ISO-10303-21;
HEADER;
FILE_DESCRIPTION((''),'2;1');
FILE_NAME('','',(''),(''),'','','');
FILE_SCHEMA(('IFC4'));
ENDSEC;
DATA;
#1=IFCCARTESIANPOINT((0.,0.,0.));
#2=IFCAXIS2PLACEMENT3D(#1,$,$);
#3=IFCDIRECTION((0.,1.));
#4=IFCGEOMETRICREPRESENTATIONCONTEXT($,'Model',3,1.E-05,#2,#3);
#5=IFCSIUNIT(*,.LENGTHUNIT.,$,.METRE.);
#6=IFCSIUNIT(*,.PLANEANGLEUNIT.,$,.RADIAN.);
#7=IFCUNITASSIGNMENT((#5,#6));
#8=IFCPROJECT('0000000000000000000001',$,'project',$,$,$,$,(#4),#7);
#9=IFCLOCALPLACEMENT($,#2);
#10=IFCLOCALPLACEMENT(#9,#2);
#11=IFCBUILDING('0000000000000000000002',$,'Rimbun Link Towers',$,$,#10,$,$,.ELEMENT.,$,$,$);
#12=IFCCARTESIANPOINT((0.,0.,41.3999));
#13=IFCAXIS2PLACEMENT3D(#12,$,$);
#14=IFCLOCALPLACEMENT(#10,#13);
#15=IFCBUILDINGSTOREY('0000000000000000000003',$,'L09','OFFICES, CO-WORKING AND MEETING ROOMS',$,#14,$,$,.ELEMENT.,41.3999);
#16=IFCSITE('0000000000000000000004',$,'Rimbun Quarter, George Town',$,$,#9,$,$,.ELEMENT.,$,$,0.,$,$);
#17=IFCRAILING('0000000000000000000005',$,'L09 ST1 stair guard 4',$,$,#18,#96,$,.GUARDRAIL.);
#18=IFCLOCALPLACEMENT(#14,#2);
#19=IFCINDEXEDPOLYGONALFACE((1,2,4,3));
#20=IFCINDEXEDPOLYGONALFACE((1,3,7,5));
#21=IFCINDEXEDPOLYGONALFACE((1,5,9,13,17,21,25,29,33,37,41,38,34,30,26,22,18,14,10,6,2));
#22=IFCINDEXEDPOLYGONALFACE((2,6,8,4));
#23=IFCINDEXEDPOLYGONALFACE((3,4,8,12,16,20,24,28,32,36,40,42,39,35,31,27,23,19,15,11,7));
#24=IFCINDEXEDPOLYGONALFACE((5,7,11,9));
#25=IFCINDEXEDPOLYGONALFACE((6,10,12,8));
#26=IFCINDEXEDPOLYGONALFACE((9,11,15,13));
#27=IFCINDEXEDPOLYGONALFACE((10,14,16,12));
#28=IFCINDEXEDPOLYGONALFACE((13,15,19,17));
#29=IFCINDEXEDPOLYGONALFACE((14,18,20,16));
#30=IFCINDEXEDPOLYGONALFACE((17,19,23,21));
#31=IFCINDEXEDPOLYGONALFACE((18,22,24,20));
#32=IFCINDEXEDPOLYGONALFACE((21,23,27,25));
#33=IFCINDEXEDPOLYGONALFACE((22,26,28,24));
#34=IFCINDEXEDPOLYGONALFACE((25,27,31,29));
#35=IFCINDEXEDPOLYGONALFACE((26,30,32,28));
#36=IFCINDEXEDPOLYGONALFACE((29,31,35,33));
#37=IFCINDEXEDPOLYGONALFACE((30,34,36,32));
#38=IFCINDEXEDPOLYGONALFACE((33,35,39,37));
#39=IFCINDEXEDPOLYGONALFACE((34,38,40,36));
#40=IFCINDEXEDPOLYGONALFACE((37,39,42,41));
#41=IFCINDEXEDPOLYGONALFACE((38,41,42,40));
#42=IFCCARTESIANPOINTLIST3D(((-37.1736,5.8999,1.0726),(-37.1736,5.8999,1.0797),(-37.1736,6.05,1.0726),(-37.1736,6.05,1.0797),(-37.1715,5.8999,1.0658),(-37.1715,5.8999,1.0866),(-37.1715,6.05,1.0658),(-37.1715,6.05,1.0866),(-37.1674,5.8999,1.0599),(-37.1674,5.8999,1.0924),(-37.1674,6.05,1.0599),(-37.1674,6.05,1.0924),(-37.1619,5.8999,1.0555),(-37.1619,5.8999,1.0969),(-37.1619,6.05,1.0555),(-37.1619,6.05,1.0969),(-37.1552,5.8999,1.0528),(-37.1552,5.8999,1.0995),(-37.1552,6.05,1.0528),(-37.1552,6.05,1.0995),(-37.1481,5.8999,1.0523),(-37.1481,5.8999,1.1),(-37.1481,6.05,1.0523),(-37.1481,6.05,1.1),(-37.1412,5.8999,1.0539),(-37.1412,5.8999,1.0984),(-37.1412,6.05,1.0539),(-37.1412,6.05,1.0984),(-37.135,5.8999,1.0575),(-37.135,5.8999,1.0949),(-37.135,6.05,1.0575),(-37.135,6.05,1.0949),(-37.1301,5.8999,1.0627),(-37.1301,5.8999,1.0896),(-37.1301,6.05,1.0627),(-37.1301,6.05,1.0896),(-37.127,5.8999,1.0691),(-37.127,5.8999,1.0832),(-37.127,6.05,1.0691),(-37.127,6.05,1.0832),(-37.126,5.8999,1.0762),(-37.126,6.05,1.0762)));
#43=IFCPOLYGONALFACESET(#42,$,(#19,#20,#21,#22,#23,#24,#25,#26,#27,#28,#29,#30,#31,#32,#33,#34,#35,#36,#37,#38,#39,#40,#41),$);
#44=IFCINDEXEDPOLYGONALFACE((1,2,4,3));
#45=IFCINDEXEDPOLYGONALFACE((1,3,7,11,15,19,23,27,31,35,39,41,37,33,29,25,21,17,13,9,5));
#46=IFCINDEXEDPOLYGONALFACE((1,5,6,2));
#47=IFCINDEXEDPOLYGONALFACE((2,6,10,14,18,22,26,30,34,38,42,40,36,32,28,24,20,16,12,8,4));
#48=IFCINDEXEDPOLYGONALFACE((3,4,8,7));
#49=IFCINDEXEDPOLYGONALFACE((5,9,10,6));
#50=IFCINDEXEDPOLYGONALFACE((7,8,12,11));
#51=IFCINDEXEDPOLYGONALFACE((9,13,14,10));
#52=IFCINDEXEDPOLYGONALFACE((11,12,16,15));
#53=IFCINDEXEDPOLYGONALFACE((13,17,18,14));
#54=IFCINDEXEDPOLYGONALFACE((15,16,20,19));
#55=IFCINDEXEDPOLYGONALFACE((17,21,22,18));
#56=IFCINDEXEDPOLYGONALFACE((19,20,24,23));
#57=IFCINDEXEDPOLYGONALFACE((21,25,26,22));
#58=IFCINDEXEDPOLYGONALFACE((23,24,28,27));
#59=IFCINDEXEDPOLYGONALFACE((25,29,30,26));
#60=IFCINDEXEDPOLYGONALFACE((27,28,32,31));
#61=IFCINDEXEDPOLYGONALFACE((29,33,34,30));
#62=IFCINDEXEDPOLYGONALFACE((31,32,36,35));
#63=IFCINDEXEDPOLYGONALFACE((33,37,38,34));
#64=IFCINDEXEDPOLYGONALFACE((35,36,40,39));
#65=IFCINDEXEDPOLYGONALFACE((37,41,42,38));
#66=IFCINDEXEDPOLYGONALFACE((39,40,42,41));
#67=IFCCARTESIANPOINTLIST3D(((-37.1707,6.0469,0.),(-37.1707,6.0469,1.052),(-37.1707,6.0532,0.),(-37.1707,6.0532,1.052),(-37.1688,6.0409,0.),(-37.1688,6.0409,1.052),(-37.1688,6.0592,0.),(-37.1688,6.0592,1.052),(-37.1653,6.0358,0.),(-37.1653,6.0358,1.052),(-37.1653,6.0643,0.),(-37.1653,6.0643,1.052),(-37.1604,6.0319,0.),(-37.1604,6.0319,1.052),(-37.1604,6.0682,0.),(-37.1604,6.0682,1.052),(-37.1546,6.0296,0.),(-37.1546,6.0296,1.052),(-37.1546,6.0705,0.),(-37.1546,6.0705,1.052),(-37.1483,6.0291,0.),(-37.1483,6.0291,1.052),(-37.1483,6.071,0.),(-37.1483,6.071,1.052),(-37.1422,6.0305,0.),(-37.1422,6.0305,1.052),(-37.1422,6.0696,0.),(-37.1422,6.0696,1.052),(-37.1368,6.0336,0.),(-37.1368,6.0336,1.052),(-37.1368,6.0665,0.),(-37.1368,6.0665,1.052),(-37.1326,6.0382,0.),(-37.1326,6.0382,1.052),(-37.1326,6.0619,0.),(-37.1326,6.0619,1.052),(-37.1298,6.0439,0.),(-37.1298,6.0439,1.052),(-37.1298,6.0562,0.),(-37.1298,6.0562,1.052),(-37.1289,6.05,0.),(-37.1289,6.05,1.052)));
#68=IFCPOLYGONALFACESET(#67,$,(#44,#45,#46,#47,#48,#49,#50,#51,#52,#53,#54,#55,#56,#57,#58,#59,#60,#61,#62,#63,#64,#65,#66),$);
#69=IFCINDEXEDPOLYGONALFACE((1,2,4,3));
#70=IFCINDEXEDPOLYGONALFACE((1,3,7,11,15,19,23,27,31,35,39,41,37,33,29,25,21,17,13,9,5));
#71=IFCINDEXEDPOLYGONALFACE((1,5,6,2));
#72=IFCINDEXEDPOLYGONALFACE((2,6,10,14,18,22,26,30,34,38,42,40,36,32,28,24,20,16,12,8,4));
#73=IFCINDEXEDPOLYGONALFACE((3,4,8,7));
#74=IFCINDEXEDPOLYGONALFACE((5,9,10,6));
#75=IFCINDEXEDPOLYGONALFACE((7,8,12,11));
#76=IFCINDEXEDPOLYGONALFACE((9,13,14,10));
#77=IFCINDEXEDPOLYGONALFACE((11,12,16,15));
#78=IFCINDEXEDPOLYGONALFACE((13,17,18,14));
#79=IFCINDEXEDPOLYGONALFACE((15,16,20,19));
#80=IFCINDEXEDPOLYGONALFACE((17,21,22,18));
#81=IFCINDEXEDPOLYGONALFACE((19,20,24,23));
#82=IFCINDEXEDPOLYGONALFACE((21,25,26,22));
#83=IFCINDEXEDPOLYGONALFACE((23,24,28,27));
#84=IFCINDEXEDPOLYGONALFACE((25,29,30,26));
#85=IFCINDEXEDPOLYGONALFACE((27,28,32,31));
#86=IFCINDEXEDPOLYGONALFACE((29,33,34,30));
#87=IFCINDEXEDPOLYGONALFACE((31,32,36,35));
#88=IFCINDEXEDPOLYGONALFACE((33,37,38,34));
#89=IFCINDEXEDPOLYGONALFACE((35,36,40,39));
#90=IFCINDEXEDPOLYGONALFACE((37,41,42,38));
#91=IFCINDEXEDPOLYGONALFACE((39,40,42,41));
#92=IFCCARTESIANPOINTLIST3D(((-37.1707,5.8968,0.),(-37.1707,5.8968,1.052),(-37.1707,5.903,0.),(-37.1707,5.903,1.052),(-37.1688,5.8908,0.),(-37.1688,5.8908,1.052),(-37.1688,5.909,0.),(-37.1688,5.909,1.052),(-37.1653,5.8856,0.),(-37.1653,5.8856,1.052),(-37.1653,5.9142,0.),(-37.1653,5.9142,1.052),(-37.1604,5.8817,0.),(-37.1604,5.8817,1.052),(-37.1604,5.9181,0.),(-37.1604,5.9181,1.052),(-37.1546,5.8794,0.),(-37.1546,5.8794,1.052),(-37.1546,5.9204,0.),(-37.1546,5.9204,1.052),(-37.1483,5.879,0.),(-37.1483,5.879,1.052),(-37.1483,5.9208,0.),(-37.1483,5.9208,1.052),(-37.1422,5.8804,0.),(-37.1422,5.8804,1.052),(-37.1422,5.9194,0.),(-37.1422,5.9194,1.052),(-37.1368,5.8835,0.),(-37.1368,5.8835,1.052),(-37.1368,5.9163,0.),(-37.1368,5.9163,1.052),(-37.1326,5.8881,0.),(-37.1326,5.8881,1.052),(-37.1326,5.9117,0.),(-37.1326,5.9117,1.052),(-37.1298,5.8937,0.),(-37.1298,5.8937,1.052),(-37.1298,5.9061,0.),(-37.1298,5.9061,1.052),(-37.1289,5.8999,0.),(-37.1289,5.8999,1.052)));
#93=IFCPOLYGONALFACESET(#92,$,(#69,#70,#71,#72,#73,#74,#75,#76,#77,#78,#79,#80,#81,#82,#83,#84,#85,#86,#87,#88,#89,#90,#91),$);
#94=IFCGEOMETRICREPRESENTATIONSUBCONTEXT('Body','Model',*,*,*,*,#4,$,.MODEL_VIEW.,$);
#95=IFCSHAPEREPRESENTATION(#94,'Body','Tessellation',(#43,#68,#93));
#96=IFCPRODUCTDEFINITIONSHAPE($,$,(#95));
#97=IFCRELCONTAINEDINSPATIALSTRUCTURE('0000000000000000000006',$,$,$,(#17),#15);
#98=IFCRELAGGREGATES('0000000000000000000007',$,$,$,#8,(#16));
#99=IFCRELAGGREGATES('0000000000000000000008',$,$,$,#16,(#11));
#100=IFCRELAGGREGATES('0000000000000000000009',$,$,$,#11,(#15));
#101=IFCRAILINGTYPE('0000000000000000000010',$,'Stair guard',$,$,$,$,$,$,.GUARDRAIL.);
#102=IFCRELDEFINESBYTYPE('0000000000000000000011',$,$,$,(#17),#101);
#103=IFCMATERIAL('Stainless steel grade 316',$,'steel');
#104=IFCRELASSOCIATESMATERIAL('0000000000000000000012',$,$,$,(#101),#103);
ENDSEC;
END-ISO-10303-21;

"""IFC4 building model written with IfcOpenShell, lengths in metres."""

from ifc_helpers import new_model, si_unit, direction, frame, origin, origin_2d, place, context, subcontext, project, spatial, circle, extrude, material, type_object, element, save


model = new_model("IFC4")

# Units and contexts
model_context = context("Model", 3, precision=1e-05, world=origin(), true_north=direction((0.0, 1.0)))
body_context = subcontext(model_context, "Body", "Model", "MODEL_VIEW")
ifc_project = project(units=[si_unit("LENGTHUNIT", "METRE"), si_unit("PLANEANGLEUNIT", "RADIAN")], contexts=[model_context])

# Site, building, storey
site_placement = place(None, origin())
site = spatial("IfcSite", under=ifc_project, at=site_placement, Name="Rimbun Quarter, George Town", CompositionType="ELEMENT", RefElevation=0.0)
building_placement = place(site_placement, origin())
building = spatial("IfcBuilding", under=site, at=building_placement, Name="Rimbun Link Towers", CompositionType="ELEMENT")
storey_placement = place(building_placement, frame((0.0, 0.0, 41.3999)))
storey = spatial("IfcBuildingStorey", under=building, at=storey_placement, Name="L09", Description="OFFICES, CO-WORKING AND MEETING ROOMS", CompositionType="ELEMENT", Elevation=41.3999)

# Railing
ifc_material_1 = material(Name="Stainless steel grade 316", Category="steel")
railing_type_1 = type_object("IfcRailingType", Name="Stair guard", PredefinedType="GUARDRAIL", material=ifc_material_1)
railing_1_placement = place(storey_placement, frame((-37.1499, 6.05, 0.0)))
element("IfcRailing", 1, at=railing_1_placement, inside=storey, type_object=railing_type_1, Name="L09 ST1 stair guard 4", PredefinedType="GUARDRAIL", context=body_context, shape_type="SweptSolid", body=[
    extrude(circle(Radius=0.0239, at=origin_2d()), frame((0.0, 0.0, 1.0762), z_axis=(0.0, -1.0, 0.0), x_axis=(1.0, 0.0, 0.0)), (0.0, 0.0, 1.0), 0.1501),
    extrude(circle(Radius=0.021, at=origin_2d()), origin(), (0.0, 0.0, 1.0), 1.052),
    extrude(circle(Radius=0.021, at=origin_2d()), frame((0.0, -0.1501, 0.0)), (0.0, 0.0, 1.0), 1.052),
])

save(model, "model.ifc")
